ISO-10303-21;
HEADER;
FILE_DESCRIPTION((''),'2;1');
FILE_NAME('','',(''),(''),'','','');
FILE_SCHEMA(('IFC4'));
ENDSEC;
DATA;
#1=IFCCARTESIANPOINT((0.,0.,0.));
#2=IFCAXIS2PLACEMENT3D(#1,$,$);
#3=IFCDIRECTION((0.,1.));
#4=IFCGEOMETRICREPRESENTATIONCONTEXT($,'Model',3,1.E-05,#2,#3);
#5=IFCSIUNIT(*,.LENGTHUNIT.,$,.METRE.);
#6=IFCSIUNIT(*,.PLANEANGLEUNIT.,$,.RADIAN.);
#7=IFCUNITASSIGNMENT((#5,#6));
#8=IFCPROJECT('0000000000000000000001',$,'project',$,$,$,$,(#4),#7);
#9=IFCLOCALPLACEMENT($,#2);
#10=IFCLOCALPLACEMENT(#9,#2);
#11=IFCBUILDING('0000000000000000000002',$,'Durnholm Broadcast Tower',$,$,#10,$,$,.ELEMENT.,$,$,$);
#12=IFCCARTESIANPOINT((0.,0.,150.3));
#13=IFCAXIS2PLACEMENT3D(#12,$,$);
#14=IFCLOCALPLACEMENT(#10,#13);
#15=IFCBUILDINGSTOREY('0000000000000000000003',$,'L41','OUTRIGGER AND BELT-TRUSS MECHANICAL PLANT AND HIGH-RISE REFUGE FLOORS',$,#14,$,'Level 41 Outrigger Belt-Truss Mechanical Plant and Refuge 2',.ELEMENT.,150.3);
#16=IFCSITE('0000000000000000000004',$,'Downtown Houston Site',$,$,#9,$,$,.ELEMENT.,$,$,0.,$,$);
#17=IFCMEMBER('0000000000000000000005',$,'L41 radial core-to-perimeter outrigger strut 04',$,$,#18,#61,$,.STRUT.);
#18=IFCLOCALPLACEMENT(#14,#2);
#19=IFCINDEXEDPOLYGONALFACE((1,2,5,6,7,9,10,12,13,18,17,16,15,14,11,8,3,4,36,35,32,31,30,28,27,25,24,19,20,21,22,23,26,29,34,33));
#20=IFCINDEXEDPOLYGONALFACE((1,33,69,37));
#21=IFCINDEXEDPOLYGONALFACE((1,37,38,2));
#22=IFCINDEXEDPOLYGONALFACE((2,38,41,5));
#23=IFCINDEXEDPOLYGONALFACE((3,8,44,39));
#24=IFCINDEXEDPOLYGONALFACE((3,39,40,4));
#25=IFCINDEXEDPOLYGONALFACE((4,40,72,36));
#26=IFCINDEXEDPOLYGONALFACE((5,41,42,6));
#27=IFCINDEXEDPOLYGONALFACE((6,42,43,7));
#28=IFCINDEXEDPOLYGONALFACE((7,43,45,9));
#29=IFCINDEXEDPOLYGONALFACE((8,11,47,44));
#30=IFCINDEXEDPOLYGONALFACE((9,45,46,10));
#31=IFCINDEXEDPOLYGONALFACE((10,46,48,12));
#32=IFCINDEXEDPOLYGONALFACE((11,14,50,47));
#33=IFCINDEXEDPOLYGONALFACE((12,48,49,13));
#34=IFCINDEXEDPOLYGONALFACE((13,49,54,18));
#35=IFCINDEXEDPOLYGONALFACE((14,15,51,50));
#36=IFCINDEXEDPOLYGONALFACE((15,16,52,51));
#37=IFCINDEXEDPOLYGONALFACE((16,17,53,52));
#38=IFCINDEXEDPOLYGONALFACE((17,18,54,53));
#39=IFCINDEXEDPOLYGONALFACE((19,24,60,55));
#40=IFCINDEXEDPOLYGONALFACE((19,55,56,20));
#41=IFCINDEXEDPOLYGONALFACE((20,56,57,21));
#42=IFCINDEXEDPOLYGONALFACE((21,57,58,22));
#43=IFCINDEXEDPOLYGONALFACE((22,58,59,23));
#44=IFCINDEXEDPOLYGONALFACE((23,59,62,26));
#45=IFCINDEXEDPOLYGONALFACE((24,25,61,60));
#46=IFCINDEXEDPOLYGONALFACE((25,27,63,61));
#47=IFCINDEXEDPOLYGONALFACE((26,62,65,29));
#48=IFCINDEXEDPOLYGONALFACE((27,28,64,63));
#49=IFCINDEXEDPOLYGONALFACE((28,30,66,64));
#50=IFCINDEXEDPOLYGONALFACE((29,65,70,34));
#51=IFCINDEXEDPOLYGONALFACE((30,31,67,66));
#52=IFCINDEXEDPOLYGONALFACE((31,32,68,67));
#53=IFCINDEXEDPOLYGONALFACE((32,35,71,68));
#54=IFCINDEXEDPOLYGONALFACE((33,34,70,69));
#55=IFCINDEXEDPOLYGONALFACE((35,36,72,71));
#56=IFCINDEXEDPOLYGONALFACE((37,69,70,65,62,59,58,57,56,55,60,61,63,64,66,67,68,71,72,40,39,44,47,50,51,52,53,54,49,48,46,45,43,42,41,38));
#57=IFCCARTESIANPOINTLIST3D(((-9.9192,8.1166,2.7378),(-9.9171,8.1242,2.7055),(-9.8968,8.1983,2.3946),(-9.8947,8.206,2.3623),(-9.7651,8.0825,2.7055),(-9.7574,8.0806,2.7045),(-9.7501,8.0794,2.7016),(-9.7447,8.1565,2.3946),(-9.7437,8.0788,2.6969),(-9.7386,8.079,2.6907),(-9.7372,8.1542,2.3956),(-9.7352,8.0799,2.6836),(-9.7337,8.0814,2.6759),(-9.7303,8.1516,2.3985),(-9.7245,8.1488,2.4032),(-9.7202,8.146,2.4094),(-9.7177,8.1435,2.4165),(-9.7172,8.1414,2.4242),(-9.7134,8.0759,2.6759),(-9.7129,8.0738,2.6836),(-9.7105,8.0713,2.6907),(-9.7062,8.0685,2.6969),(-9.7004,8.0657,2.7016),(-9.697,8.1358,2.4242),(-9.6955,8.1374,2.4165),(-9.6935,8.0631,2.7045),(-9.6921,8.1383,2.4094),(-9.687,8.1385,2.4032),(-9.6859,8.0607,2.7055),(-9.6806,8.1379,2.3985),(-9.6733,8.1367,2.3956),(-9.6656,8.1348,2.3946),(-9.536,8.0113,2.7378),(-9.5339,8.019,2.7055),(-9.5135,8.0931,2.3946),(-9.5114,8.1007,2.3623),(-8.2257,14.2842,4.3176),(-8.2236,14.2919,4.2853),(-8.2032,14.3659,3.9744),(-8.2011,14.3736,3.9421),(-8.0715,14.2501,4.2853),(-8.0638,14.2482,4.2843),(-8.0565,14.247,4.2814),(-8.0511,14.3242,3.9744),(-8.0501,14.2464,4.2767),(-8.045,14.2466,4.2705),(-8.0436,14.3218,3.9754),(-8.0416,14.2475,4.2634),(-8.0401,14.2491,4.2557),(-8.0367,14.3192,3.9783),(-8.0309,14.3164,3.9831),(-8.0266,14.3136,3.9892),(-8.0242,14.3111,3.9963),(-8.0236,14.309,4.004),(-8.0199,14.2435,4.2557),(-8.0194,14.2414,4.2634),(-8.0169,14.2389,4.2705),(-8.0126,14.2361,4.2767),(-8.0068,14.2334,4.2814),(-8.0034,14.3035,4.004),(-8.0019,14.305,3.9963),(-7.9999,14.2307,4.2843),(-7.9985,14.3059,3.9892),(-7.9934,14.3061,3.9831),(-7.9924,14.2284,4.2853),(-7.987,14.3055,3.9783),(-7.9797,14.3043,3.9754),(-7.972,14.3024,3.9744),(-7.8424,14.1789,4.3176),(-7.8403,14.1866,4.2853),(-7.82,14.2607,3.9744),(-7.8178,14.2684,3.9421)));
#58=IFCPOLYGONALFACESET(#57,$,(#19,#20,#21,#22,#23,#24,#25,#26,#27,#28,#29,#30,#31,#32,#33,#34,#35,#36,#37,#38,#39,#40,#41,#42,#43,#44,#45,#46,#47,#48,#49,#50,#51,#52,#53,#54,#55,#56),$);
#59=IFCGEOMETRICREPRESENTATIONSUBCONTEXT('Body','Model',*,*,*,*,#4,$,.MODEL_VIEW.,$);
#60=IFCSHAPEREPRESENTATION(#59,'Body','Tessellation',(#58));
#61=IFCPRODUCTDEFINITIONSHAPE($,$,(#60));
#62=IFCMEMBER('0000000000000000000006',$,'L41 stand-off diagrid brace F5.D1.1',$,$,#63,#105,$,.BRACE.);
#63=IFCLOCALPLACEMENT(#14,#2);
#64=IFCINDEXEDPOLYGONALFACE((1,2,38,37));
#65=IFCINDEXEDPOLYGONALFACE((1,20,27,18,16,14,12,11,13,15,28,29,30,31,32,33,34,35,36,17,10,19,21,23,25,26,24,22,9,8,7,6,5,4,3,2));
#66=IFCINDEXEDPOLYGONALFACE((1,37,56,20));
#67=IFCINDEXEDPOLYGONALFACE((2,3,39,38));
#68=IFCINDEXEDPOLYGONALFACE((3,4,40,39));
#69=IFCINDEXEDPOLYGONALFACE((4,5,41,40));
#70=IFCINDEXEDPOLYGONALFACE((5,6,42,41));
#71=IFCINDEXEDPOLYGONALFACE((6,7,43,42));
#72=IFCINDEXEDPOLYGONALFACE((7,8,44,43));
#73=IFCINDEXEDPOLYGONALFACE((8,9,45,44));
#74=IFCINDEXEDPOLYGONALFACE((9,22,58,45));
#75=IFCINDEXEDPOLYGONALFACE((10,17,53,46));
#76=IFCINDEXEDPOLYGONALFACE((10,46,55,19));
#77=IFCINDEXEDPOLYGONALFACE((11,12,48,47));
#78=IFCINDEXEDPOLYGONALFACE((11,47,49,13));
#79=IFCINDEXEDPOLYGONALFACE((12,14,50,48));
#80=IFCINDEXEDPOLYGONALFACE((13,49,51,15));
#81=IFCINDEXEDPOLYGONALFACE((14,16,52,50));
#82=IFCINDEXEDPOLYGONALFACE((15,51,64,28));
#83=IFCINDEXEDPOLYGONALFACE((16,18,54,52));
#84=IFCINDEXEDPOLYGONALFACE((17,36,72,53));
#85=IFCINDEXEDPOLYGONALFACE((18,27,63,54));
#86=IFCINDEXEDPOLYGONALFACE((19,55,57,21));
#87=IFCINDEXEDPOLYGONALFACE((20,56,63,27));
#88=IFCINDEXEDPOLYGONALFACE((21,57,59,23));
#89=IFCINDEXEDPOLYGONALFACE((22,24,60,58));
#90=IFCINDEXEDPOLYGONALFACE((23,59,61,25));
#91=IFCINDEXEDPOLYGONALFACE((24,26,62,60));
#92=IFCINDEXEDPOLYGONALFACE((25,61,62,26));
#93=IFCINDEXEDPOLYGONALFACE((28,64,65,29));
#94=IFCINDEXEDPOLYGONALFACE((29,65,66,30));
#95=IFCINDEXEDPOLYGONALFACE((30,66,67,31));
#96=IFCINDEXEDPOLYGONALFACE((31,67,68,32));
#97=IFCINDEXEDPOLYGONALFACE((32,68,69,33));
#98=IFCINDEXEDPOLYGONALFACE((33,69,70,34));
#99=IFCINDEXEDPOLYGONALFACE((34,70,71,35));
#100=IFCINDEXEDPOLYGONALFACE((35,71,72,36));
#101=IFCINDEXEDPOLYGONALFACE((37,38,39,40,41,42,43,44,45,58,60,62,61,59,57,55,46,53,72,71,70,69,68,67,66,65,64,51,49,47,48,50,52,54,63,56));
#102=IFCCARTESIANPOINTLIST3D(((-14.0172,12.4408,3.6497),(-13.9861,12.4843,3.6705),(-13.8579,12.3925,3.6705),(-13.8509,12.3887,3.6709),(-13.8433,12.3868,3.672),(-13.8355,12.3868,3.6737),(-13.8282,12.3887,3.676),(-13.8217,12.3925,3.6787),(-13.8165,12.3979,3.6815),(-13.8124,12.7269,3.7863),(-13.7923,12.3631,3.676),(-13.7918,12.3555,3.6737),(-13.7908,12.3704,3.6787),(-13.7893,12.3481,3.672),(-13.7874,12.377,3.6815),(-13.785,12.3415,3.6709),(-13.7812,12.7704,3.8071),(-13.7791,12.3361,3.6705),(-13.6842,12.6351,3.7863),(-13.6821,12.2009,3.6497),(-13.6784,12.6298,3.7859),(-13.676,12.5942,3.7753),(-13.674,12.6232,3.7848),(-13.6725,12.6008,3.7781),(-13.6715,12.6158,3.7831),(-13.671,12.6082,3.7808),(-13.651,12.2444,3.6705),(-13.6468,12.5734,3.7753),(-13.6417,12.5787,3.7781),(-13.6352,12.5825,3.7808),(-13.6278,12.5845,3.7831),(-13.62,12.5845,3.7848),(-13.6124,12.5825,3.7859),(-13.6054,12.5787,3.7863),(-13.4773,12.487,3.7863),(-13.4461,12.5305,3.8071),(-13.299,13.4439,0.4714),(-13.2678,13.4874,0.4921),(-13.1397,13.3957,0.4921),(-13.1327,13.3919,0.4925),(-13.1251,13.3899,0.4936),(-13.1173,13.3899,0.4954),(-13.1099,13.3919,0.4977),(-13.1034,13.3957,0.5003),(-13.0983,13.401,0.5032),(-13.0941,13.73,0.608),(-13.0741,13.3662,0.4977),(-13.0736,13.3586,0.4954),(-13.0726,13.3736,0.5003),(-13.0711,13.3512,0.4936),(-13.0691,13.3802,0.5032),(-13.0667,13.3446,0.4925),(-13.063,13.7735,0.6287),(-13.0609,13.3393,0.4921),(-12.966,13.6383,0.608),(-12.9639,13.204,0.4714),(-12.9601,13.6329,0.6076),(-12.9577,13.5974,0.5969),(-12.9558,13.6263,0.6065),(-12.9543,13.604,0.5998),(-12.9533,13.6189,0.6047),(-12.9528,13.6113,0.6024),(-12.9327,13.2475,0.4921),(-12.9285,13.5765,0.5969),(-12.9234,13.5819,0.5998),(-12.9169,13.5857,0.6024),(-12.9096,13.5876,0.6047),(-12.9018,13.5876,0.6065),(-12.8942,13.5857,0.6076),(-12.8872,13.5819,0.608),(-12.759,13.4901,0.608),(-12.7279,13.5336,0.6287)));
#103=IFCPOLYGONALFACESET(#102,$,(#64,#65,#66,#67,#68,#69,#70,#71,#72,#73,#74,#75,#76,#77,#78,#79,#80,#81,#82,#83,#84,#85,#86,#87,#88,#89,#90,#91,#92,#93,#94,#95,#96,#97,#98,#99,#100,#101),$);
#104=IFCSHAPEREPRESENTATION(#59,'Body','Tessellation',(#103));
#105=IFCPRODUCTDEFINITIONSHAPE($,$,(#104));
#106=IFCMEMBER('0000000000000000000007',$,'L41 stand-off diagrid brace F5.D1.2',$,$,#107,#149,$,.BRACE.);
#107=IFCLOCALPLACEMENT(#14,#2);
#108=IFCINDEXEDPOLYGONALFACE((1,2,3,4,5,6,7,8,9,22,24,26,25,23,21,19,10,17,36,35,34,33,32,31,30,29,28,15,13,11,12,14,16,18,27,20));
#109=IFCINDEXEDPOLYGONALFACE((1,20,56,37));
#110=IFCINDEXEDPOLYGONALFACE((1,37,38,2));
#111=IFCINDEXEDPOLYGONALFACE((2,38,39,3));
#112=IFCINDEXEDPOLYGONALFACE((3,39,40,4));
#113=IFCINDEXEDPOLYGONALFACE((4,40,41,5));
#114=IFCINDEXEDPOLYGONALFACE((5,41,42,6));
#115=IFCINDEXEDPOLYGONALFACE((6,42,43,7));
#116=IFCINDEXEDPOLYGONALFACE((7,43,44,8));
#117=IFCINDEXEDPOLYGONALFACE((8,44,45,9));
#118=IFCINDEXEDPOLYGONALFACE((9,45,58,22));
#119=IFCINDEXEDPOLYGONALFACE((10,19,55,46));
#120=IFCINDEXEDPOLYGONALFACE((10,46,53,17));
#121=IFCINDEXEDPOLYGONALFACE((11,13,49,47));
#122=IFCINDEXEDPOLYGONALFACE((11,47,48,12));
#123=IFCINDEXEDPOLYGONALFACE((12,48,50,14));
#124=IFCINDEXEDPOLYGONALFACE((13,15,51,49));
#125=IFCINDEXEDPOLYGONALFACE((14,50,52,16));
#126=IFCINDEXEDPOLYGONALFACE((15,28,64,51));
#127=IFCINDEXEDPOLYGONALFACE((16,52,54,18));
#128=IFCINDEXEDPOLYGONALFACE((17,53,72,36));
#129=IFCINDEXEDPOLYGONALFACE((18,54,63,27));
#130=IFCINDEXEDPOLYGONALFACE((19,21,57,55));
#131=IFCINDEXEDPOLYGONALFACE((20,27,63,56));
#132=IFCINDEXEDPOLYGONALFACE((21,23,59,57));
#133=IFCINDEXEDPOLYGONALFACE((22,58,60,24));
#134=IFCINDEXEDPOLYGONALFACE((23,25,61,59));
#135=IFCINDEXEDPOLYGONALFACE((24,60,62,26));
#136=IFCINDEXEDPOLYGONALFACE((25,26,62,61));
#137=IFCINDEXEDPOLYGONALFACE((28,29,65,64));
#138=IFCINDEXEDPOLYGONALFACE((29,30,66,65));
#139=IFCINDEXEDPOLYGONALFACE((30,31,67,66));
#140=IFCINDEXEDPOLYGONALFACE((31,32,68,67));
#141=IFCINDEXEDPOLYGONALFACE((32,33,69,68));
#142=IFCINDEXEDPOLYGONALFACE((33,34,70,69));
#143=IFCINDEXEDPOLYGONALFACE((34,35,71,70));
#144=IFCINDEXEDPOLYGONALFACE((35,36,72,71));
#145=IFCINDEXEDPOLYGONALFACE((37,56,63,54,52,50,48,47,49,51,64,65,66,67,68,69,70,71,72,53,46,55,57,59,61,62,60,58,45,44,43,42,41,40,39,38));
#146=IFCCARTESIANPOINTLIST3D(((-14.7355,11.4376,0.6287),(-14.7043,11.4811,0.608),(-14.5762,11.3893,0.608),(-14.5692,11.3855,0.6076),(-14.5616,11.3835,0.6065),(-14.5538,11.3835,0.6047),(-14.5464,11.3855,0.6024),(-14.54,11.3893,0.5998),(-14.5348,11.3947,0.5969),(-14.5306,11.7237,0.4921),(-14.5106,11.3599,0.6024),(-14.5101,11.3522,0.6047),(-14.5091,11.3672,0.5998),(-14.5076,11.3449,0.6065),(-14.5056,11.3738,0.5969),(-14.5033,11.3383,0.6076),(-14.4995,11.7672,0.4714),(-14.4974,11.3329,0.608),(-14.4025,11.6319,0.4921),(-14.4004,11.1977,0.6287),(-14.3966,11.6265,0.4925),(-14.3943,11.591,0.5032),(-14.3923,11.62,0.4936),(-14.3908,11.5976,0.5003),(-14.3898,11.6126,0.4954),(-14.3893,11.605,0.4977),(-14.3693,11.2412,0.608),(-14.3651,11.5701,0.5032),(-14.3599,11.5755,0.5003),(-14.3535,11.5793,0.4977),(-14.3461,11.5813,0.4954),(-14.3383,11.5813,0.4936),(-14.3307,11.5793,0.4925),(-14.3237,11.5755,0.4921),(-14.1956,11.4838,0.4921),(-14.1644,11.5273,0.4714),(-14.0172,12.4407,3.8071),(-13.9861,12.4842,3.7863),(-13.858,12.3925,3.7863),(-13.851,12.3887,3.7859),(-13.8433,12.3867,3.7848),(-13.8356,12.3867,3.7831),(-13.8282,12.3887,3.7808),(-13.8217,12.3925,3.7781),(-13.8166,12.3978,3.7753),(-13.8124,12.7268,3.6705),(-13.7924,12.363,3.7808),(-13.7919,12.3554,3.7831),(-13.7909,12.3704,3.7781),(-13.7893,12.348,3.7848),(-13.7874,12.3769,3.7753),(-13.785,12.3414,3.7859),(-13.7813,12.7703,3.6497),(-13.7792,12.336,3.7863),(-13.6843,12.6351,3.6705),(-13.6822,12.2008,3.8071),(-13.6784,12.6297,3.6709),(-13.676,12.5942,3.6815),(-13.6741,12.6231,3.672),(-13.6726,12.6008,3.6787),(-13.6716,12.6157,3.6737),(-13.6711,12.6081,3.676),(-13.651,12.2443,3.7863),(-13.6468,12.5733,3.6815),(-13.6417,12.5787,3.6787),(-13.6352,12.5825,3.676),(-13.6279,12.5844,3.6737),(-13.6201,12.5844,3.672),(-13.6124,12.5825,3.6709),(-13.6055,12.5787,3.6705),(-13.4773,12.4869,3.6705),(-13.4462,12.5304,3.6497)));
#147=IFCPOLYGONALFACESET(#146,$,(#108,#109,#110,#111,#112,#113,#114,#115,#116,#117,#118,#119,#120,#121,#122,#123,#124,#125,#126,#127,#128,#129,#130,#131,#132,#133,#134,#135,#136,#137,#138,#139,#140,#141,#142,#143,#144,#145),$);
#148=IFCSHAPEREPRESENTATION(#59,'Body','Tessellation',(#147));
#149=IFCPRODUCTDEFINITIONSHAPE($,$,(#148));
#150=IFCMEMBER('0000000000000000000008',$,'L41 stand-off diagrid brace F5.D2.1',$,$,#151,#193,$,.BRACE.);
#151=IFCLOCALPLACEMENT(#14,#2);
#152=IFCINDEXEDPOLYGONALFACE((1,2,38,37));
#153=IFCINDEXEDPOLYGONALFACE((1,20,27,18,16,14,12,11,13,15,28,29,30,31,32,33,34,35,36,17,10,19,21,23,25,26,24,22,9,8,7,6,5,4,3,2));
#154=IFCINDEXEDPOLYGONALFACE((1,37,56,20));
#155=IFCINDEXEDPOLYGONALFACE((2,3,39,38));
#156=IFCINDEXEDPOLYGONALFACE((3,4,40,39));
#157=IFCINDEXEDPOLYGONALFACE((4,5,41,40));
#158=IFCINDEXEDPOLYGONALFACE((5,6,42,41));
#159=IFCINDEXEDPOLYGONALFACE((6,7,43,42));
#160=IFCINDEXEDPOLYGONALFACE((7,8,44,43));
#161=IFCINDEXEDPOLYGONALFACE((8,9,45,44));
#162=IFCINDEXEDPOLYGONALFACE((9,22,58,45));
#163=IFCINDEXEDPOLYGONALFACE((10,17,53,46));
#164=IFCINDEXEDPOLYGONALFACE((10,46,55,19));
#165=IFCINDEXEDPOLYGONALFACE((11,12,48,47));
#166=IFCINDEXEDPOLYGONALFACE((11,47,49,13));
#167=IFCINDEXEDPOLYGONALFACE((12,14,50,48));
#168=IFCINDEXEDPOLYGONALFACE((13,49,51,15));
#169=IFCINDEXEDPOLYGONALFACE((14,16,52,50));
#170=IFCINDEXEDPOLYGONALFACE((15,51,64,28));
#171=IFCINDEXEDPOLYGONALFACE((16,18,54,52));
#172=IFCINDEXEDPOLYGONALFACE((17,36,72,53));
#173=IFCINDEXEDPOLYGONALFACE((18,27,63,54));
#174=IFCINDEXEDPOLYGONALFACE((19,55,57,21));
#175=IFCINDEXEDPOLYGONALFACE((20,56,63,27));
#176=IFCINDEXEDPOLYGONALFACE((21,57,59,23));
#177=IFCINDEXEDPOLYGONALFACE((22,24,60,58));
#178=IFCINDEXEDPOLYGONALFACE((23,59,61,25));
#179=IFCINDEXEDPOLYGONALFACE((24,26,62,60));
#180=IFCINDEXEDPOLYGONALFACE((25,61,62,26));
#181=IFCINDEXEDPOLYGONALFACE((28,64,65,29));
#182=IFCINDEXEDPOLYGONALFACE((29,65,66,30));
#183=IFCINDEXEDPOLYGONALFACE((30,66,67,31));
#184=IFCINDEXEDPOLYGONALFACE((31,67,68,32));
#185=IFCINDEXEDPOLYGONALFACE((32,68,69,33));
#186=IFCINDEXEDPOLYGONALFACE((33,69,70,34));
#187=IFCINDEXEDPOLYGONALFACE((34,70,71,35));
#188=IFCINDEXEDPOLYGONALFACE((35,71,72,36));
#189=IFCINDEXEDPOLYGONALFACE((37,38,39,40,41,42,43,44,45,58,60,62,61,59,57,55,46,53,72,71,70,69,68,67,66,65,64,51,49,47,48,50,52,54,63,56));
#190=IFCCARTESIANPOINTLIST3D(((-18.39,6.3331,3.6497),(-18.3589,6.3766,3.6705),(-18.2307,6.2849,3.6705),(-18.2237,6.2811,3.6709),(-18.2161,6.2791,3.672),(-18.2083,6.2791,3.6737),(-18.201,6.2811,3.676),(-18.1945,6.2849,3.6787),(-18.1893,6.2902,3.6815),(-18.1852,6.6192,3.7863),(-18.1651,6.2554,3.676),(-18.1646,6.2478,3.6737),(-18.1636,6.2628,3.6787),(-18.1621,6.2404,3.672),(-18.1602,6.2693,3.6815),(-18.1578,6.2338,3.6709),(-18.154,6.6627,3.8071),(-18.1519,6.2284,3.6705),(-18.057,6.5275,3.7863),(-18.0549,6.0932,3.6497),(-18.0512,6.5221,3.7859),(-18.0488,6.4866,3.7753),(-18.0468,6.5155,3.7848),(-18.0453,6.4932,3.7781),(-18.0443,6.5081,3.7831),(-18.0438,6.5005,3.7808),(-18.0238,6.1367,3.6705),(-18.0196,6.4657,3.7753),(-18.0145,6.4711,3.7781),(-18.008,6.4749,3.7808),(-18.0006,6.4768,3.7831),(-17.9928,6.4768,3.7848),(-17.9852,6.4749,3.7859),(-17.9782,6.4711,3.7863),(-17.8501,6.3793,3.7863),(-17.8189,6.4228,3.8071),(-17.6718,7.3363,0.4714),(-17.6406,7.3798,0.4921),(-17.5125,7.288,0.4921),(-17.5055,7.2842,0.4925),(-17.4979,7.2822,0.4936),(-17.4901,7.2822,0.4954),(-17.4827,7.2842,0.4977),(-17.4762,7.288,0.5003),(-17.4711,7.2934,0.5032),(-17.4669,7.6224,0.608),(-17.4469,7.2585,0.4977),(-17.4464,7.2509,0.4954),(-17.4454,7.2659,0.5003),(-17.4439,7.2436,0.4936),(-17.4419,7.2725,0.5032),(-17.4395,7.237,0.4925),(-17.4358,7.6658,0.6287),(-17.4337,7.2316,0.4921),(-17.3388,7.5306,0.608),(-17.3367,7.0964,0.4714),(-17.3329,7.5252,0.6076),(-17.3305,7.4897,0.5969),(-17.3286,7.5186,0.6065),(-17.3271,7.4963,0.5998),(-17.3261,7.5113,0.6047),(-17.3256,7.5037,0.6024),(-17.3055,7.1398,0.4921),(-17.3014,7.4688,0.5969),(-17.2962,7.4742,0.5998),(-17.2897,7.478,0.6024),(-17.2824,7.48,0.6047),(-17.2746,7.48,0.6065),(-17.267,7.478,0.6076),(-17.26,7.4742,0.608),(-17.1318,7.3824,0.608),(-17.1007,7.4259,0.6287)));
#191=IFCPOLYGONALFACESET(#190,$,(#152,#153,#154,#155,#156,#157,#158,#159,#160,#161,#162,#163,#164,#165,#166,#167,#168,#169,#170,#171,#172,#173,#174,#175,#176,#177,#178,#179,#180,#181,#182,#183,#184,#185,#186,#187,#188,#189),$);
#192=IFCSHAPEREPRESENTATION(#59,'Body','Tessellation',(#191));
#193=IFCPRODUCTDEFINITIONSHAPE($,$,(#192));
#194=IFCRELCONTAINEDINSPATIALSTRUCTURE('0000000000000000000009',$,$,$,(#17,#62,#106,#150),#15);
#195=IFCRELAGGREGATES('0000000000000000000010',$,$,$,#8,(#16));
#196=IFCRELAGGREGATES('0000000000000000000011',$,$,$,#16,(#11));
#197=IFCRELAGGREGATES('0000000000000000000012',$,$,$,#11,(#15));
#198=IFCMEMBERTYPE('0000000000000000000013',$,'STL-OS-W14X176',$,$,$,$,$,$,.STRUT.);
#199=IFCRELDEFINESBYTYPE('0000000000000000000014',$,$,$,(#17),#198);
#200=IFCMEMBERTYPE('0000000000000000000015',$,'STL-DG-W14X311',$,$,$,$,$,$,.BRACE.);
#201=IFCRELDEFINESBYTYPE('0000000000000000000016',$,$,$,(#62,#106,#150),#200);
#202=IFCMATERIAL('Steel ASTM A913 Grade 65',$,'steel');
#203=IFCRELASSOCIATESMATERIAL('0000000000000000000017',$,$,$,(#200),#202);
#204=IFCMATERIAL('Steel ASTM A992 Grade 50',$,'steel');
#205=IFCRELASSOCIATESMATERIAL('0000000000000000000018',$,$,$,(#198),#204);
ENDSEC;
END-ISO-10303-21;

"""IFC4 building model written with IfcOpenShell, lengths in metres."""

from ifc_helpers import new_model, si_unit, direction, frame, origin, origin_2d, place, context, subcontext, project, spatial, i_section, extrude, source, transform, mapped, material, material_profile, profile_set, type_object, type_shapes, element, save


model = new_model("IFC4")

# Units and contexts
model_context = context("Model", 3, precision=1e-05, world=origin(), true_north=direction((0.0, 1.0)))
body_context = subcontext(model_context, "Body", "Model", "MODEL_VIEW")
ifc_project = project(units=[si_unit("LENGTHUNIT", "METRE"), si_unit("PLANEANGLEUNIT", "RADIAN")], contexts=[model_context])

# Site, building, storey
site_placement = place(None, origin())
site = spatial("IfcSite", under=ifc_project, at=site_placement, Name="Downtown Houston Site", CompositionType="ELEMENT", RefElevation=0.0)
building_placement = place(site_placement, origin())
building = spatial("IfcBuilding", under=site, at=building_placement, Name="Durnholm Broadcast Tower", CompositionType="ELEMENT")
storey_placement = place(building_placement, frame((0.0, 0.0, 150.3)))
storey = spatial("IfcBuildingStorey", under=building, at=storey_placement, Name="L41", Description="OUTRIGGER AND BELT-TRUSS MECHANICAL PLANT AND HIGH-RISE REFUGE FLOORS", LongName="Level 41 Outrigger Belt-Truss Mechanical Plant and Refuge 2", CompositionType="ELEMENT", Elevation=150.3)

# Shared definitions
ifc_material_1 = material(Name="Steel ASTM A992 Grade 50", Category="steel")

# Members
ifc_material_2 = material(Name="Steel ASTM A913 Grade 65", Category="steel")
ifc_material_profile_1 = material_profile(ifc_material_2, i_section(OverallWidth=0.4121, OverallDepth=0.4348, WebThickness=0.0359, FlangeThickness=0.0574, FilletRadius=0.0305, at=origin_2d()), Name="W14X311")
ifc_profile_set_1 = profile_set([ifc_material_profile_1], Name="Steel ASTM A913 Grade 65")
member_type_1 = type_object("IfcMemberType", Name="STL-DG-W14X311", PredefinedType="BRACE", material=ifc_profile_set_1)
ifc_material_profile_2 = material_profile(ifc_material_1, i_section(OverallWidth=0.3975, OverallDepth=0.3867, WebThickness=0.021, FlangeThickness=0.0332, FilletRadius=0.0305, at=origin_2d()), Name="W14X176")
ifc_profile_set_2 = profile_set([ifc_material_profile_2], Name="Steel ASTM A992 Grade 50")
member_type_2 = type_object("IfcMemberType", Name="STL-OS-W14X176", PredefinedType="STRUT", material=ifc_profile_set_2)
shared_shape_1 = source(origin(), body_context, "Body", "SweptSolid", [
    extrude(i_section(OverallWidth=0.3975, OverallDepth=0.3867, WebThickness=0.021, FlangeThickness=0.0332, FilletRadius=0.0305, at=origin_2d()), origin(), (0.0, 0.0, 1.0), 6.5881),
])
type_shapes(member_type_2, [shared_shape_1])
member_1_placement = place(storey_placement, frame((-9.7153, 8.1086, 2.55), z_axis=(0.257064, 0.936171, 0.239796), x_axis=(-0.964306, 0.26479, 0.0)))
element("IfcMember", 1, at=member_1_placement, inside=storey, type_object=member_type_2, Name="L41 radial core-to-perimeter outrigger strut 04", PredefinedType="STRUT", context=body_context, shape_type="MappedRepresentation", body=[
    mapped(shared_shape_1, transform((0.0, 0.0, 0.0), x_axis=(1.0, 0.0, 0.0), y_axis=(0.0, 1.0, 0.0), z_axis=(0.0, 0.0, 1.0), scale=1.0)),
])
shared_shape_2 = source(origin(), body_context, "Body", "SweptSolid", [
    extrude(i_section(OverallWidth=0.4121, OverallDepth=0.4348, WebThickness=0.0359, FlangeThickness=0.0574, FilletRadius=0.0305, at=origin_2d()), origin(), (0.0, 0.0, 1.0), 3.4094),
])
for number, where, z_axis, x_axis, name in (
    (2, (-13.0134, 13.4888, 0.55), (-0.210663, -0.294226, 0.93223), (0.813078, -0.582155, 0.0), "L41 stand-off diagrid brace F5.D1.1"),
    (3, (-14.45, 11.4824, 0.55), (0.210663, 0.294226, 0.93223), (-0.813078, 0.582155, 0.0), "L41 stand-off diagrid brace F5.D1.2"),
    (4, (-17.3862, 7.3811, 0.55), (-0.210663, -0.294226, 0.93223), (0.813078, -0.582155, 0.0), "L41 stand-off diagrid brace F5.D2.1"),
):
    element("IfcMember", number, at=place(storey_placement, frame(where, z_axis=z_axis, x_axis=x_axis)), inside=storey, type_object=member_type_1, Name=name, PredefinedType="BRACE", context=body_context, shape_type="MappedRepresentation", body=[
        mapped(shared_shape_2, transform((0.0, 0.0, 0.0), x_axis=(1.0, 0.0, 0.0), y_axis=(0.0, 1.0, 0.0), z_axis=(0.0, 0.0, 1.0), scale=1.0)),
    ])

save(model, "model.ifc")
